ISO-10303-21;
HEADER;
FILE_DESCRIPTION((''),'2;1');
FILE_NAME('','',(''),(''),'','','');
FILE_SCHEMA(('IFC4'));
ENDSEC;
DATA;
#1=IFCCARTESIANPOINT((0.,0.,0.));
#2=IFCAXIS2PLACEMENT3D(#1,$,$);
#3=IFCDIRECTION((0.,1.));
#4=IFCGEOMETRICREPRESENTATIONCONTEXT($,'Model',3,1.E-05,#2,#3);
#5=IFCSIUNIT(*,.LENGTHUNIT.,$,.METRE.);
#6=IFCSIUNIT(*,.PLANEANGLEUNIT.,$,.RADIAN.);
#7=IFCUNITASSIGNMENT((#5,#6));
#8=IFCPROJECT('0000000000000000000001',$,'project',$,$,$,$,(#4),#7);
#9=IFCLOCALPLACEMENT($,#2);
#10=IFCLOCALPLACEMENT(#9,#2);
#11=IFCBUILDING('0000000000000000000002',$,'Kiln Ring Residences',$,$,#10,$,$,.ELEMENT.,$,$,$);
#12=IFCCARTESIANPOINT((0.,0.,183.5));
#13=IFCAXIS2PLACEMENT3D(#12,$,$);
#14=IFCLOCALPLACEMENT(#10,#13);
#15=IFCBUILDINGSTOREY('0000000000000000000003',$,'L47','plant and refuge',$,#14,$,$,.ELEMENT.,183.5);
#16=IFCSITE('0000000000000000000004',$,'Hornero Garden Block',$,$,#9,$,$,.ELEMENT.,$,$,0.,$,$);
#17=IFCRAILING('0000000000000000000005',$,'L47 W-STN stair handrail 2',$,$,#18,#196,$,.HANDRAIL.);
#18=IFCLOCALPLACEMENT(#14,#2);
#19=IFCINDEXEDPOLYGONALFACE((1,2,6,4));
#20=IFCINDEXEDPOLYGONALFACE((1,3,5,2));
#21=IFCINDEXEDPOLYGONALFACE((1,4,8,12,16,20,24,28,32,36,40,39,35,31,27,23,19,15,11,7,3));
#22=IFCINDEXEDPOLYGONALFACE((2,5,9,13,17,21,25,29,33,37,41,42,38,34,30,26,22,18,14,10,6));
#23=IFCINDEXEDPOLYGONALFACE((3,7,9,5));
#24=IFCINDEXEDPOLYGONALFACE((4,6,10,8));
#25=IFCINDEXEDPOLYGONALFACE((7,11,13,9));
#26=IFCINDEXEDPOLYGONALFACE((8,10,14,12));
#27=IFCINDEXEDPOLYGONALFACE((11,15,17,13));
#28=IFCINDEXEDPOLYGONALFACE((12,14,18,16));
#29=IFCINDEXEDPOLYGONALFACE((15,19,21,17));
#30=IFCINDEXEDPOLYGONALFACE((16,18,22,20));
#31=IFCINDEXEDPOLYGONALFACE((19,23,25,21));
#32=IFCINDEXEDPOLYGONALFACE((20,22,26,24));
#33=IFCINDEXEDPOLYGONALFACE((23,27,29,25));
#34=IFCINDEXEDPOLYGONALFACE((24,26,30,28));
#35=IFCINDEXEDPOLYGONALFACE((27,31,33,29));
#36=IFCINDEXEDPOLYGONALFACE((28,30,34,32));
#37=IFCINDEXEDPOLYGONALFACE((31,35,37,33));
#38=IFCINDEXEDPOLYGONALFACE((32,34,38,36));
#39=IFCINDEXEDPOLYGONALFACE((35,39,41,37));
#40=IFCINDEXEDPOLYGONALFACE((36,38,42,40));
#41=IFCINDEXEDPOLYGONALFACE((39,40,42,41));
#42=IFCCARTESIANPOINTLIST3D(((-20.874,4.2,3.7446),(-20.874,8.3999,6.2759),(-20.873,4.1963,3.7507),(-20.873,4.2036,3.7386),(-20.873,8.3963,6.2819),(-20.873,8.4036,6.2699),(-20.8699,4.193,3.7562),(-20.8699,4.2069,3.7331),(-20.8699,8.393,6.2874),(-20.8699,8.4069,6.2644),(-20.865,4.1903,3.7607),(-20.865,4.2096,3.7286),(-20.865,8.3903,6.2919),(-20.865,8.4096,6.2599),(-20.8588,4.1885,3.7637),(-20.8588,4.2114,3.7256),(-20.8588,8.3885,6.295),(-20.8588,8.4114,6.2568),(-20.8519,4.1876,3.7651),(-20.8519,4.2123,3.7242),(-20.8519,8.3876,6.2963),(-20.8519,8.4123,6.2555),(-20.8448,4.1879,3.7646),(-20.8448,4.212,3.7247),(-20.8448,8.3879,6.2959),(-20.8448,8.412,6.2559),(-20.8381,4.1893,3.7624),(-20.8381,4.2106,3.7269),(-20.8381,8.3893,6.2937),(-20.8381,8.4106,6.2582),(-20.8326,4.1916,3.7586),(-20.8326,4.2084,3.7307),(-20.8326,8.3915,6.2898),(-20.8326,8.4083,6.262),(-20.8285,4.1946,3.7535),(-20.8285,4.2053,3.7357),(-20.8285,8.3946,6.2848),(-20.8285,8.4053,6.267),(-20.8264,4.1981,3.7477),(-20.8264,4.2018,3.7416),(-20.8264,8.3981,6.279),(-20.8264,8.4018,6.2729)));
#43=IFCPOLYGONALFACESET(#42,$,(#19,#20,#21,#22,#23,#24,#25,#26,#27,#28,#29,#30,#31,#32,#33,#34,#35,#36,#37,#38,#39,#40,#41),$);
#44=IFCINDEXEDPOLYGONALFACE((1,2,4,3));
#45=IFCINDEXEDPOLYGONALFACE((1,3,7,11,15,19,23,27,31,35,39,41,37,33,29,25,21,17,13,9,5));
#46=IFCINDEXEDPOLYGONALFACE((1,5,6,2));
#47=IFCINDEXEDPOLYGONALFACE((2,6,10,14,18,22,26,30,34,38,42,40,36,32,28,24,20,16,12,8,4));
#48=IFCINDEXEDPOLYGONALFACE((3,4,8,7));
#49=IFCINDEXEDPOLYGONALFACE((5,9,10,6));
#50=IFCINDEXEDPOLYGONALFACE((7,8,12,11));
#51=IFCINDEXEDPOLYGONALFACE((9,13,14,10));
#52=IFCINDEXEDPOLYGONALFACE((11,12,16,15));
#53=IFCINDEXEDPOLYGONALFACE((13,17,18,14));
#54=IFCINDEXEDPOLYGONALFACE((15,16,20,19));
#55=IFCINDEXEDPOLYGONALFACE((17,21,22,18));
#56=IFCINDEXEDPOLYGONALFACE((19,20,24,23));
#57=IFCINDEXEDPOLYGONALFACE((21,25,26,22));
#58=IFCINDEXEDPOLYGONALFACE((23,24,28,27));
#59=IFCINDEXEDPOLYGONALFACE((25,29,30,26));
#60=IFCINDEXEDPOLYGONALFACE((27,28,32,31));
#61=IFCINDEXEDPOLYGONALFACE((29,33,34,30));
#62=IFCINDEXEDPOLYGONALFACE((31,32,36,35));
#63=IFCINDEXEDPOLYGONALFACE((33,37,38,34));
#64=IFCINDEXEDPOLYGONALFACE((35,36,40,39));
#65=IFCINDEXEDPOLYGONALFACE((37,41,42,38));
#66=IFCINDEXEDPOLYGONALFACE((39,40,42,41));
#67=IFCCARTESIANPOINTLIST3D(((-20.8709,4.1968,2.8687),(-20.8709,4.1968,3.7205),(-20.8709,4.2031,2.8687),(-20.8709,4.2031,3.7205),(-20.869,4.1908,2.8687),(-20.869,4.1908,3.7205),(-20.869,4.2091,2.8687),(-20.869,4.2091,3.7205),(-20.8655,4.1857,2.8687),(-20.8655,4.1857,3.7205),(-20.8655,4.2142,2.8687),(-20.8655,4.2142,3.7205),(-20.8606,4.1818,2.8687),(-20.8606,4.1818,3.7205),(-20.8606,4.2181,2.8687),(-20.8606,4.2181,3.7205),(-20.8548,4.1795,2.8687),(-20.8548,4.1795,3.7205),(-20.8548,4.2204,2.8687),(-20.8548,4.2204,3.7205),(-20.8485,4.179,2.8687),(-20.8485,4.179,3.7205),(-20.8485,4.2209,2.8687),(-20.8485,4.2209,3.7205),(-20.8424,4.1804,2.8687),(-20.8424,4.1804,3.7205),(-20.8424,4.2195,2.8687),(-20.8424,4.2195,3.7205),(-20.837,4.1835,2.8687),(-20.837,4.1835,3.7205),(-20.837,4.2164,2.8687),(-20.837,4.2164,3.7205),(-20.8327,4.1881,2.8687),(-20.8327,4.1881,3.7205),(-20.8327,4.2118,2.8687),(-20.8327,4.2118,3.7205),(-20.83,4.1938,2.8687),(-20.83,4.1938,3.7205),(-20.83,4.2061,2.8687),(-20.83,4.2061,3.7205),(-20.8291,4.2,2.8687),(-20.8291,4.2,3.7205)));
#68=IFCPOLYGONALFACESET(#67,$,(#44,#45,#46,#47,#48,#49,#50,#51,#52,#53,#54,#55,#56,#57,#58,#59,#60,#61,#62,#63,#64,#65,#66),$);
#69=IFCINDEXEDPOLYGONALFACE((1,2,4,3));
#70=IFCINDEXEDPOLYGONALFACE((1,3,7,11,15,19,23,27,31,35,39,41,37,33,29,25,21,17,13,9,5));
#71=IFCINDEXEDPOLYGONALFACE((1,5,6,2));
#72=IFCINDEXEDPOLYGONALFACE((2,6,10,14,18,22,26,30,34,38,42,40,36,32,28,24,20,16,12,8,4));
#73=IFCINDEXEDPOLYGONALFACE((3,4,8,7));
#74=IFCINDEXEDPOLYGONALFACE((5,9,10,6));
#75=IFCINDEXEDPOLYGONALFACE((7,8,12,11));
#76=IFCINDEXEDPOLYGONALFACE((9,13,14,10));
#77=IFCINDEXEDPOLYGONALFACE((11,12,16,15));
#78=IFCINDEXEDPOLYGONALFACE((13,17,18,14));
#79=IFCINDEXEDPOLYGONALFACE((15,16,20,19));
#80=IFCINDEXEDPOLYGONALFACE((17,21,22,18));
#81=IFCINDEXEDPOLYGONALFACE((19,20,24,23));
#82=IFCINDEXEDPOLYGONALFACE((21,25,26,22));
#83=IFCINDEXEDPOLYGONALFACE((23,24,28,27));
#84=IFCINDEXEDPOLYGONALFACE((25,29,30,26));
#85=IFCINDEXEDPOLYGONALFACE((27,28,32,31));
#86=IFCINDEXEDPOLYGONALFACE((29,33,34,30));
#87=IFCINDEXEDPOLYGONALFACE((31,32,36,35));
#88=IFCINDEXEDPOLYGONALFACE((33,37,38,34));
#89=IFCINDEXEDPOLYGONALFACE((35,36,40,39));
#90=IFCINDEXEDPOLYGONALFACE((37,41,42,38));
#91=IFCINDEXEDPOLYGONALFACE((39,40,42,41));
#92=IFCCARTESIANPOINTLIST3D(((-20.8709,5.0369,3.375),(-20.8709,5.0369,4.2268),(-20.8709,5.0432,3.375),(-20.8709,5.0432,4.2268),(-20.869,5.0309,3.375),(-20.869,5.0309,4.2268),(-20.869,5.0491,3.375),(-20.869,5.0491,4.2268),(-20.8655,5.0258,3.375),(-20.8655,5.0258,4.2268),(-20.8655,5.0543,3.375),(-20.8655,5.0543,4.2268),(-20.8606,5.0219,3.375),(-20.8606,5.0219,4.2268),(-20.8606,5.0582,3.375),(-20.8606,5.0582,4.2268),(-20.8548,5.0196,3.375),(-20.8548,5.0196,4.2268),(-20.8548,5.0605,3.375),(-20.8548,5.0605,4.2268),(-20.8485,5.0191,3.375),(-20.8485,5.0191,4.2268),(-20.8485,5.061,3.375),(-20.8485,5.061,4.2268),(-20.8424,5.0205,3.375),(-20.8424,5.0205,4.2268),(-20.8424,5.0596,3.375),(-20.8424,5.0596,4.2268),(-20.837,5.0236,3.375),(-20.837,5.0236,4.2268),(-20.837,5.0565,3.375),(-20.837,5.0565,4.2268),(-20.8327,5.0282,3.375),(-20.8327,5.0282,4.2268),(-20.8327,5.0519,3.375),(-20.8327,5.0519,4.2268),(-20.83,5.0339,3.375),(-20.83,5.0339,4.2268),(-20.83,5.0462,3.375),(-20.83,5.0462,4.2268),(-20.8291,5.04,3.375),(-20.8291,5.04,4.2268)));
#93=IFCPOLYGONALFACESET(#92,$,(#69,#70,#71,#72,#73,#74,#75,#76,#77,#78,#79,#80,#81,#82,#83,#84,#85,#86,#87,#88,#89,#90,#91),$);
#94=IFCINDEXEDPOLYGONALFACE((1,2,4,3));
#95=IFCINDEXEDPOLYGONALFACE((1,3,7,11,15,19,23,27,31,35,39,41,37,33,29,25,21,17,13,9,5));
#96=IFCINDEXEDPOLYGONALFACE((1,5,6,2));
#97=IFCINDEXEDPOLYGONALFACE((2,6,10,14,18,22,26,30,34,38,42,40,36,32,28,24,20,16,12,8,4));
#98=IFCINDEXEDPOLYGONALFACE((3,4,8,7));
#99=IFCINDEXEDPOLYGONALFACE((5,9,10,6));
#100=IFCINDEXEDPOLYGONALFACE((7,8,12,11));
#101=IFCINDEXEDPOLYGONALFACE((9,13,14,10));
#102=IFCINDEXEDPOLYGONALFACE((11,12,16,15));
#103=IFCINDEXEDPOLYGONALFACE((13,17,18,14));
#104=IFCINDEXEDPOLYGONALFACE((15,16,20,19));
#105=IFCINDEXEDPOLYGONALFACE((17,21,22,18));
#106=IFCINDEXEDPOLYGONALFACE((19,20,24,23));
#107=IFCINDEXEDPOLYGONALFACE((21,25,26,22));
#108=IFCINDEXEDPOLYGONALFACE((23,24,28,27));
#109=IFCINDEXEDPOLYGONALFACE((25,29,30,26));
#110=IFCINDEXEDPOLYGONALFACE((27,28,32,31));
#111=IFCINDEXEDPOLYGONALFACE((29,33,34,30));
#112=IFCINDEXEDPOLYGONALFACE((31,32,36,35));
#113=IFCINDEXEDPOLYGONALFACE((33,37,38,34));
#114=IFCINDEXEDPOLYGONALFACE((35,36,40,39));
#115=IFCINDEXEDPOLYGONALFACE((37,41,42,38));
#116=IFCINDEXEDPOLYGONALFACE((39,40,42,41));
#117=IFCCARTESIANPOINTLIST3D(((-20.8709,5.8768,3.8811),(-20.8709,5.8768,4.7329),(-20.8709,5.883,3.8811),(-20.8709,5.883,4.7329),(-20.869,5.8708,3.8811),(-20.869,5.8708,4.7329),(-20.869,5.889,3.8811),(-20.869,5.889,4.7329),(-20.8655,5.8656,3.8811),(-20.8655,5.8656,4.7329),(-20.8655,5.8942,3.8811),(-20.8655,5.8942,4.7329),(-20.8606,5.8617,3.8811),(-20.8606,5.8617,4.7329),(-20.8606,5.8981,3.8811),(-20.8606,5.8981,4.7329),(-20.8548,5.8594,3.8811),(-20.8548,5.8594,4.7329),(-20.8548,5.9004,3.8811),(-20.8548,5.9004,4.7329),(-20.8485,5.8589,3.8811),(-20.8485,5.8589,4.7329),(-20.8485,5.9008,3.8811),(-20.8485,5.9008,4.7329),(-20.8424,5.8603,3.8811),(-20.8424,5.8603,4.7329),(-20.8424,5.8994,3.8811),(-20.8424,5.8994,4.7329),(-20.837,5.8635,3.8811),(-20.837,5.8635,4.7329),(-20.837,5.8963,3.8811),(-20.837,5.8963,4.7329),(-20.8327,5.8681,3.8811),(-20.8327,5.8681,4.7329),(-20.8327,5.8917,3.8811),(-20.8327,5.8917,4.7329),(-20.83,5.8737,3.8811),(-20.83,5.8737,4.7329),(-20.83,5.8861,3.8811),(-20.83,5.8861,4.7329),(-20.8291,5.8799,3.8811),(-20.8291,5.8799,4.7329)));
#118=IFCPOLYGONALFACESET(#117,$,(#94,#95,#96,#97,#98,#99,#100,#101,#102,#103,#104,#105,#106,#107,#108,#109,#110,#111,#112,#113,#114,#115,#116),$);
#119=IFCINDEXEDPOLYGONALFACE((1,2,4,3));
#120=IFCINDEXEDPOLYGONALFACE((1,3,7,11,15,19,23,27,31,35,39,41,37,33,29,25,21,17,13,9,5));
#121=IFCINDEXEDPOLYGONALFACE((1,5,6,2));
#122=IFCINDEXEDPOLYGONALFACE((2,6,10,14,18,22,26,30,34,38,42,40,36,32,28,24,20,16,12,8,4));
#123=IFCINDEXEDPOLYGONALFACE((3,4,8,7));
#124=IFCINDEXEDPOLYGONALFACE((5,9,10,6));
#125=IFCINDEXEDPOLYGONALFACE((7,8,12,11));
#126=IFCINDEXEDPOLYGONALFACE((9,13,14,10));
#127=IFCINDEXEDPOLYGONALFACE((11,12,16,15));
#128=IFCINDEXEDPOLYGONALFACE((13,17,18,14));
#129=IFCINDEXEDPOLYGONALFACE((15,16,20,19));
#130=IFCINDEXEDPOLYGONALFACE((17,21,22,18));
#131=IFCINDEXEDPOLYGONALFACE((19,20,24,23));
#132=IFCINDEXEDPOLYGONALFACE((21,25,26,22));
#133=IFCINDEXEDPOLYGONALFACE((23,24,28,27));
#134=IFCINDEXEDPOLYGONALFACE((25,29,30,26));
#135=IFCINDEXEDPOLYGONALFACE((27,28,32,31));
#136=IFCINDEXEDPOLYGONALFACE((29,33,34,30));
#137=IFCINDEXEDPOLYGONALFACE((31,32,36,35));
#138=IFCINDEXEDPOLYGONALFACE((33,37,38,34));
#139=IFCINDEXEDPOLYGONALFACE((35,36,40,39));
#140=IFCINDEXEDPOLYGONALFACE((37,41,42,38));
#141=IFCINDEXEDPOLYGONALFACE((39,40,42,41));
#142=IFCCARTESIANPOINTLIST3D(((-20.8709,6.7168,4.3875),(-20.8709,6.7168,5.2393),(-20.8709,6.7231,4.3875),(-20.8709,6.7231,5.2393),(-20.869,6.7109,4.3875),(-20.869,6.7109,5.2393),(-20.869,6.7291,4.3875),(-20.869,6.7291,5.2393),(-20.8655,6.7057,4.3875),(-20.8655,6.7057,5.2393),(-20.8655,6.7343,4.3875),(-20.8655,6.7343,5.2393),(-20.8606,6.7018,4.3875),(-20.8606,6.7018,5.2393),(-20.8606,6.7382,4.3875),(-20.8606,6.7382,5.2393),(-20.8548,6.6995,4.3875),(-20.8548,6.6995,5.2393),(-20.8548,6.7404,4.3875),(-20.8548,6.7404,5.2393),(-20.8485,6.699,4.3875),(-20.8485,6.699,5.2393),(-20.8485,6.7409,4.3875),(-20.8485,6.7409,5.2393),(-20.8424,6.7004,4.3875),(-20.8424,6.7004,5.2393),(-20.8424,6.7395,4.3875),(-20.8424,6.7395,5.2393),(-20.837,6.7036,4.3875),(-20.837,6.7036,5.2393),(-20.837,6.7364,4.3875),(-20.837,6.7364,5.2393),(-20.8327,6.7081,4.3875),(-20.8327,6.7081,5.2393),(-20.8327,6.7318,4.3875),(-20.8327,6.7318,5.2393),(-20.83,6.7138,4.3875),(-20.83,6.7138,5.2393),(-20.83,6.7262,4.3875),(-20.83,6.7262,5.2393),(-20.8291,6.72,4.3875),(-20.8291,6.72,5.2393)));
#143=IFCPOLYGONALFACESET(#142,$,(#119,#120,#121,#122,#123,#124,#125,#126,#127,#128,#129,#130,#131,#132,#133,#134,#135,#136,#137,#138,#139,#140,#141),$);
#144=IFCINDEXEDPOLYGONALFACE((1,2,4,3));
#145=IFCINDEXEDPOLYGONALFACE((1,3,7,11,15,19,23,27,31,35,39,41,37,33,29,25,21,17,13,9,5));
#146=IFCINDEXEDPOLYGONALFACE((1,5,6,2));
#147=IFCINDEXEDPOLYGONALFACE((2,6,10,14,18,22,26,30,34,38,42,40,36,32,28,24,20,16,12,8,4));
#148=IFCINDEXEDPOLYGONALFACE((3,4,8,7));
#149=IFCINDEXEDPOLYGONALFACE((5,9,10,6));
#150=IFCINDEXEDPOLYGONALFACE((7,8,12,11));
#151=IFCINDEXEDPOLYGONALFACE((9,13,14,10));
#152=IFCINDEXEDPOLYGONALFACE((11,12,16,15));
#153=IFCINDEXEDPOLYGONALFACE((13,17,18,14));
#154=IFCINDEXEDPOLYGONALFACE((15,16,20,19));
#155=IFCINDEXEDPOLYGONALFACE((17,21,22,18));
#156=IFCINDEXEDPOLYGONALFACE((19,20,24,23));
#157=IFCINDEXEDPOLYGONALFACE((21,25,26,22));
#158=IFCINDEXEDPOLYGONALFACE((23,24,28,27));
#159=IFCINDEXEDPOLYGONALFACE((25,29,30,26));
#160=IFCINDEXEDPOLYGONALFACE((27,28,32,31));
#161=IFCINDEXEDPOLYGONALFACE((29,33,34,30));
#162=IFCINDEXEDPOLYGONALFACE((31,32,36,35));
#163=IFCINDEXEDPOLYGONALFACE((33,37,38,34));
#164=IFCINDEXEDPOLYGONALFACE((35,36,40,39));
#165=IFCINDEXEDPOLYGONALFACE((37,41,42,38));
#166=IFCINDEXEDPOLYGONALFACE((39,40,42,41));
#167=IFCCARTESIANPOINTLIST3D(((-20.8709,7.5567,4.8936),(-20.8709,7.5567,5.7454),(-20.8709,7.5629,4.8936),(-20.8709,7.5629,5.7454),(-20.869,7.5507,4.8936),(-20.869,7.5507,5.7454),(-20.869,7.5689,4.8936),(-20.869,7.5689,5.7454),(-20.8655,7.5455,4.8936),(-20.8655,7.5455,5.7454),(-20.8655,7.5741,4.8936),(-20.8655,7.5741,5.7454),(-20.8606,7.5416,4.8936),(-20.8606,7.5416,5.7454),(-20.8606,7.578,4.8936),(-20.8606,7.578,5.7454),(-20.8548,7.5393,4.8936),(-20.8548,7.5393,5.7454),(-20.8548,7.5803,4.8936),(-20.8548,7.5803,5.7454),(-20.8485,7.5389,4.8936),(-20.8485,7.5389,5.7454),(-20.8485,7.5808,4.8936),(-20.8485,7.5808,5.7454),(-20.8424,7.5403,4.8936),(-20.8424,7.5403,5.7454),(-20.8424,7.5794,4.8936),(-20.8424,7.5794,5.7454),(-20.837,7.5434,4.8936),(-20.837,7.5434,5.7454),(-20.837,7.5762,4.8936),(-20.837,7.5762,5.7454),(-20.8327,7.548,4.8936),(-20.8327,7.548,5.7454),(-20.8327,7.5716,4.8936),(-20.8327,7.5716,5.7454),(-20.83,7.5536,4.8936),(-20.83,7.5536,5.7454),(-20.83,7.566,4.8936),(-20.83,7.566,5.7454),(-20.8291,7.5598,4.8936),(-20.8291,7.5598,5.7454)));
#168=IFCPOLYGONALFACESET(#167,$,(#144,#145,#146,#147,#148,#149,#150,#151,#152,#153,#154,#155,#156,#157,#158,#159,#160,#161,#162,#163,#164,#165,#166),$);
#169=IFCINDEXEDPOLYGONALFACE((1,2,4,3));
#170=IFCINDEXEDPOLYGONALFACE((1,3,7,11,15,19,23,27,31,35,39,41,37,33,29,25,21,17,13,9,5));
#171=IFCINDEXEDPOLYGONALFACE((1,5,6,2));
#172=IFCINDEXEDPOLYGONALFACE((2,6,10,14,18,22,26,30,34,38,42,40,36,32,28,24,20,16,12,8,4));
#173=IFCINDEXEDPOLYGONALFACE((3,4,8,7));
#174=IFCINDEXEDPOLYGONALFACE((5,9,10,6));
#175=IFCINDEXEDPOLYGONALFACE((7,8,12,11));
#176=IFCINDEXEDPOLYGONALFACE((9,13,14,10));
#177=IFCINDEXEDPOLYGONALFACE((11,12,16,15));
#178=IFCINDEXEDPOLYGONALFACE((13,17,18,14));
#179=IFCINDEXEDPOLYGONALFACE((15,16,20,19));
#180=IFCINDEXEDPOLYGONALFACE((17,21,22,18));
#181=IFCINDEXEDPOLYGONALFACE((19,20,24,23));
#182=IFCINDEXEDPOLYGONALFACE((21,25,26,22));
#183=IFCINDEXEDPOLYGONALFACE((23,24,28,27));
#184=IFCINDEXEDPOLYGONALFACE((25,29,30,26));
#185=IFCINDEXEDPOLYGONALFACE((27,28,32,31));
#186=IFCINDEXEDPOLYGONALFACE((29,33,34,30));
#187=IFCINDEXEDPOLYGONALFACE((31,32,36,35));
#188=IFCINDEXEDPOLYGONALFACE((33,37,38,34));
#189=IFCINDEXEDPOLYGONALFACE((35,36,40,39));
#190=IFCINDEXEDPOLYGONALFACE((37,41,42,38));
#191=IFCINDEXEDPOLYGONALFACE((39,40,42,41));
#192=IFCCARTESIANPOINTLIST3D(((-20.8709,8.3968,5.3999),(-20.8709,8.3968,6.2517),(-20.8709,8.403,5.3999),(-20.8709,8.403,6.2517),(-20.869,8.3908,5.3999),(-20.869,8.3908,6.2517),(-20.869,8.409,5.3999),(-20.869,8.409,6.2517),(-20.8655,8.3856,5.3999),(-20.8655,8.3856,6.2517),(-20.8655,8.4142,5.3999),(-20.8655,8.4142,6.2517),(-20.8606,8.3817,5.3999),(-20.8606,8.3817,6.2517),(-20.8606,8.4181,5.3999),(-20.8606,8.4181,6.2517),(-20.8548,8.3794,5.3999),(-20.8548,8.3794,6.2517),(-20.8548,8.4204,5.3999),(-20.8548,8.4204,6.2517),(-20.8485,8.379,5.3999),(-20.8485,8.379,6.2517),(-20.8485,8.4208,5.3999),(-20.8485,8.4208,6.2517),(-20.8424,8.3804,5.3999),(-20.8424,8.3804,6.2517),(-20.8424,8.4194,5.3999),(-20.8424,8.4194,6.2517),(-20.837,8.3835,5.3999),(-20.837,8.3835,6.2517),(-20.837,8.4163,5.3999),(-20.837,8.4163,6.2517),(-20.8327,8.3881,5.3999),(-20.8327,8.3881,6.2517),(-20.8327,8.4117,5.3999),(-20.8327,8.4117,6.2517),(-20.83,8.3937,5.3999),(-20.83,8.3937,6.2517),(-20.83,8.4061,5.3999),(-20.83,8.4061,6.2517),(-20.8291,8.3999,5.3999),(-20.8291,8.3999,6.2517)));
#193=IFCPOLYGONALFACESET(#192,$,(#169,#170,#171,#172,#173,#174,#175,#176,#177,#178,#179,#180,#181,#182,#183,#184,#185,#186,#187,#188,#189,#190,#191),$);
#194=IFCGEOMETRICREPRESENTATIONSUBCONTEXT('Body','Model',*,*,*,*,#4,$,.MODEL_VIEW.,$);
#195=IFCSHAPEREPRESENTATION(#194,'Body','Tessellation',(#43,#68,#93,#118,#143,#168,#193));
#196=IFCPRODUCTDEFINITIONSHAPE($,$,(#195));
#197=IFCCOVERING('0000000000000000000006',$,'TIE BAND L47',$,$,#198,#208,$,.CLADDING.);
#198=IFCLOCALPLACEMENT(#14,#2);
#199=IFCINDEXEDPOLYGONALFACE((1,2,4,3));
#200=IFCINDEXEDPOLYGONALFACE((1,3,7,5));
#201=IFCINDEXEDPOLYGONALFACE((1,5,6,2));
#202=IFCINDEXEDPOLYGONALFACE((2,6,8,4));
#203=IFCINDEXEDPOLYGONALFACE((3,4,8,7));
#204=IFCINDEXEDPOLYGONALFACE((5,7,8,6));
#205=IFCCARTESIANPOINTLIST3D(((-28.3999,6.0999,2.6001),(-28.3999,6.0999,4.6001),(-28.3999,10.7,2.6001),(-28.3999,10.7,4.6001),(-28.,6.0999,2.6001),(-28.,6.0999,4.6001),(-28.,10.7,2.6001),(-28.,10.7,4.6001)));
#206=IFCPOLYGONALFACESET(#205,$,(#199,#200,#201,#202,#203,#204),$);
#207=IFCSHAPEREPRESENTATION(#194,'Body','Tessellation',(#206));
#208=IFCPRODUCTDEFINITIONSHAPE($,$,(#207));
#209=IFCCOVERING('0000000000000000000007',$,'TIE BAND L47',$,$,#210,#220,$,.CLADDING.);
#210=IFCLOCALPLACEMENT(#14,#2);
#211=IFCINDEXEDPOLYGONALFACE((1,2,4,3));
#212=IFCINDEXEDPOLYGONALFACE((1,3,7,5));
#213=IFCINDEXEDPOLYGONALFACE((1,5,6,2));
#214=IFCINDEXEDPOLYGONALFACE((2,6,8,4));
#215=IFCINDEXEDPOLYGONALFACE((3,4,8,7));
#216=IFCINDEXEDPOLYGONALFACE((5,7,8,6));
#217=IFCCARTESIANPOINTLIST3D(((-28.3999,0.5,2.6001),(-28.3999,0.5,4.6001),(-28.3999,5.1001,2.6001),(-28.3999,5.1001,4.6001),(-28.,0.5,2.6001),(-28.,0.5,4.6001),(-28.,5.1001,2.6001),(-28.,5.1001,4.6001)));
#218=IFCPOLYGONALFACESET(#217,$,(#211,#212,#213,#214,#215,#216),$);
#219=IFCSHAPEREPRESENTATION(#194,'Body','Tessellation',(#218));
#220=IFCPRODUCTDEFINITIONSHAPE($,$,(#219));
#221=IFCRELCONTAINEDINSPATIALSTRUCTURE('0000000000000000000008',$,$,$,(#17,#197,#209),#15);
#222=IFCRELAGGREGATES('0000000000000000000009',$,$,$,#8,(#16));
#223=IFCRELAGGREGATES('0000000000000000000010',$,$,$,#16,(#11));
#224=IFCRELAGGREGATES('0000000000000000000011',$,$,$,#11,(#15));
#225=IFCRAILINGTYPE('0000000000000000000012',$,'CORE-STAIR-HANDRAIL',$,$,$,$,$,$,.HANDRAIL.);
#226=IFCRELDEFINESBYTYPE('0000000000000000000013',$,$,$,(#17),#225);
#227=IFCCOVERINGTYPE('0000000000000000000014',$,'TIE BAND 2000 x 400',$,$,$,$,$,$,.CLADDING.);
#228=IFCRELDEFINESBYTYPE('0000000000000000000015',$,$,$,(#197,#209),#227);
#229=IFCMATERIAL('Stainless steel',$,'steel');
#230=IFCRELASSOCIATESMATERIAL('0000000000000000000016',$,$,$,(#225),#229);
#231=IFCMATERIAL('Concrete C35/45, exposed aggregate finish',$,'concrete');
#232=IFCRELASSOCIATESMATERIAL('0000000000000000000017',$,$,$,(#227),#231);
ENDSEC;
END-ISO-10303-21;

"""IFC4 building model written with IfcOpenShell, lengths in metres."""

from ifc_helpers import new_model, si_unit, direction, frame, origin, origin_2d, place, context, subcontext, project, spatial, rectangle, circle, extrude, material, type_object, element, save


model = new_model("IFC4")

# Units and contexts
model_context = context("Model", 3, precision=1e-05, world=origin(), true_north=direction((0.0, 1.0)))
body_context = subcontext(model_context, "Body", "Model", "MODEL_VIEW")
ifc_project = project(units=[si_unit("LENGTHUNIT", "METRE"), si_unit("PLANEANGLEUNIT", "RADIAN")], contexts=[model_context])

# Site, building, storey
site_placement = place(None, origin())
site = spatial("IfcSite", under=ifc_project, at=site_placement, Name="Hornero Garden Block", CompositionType="ELEMENT", RefElevation=0.0)
building_placement = place(site_placement, origin())
building = spatial("IfcBuilding", under=site, at=building_placement, Name="Kiln Ring Residences", CompositionType="ELEMENT")
storey_placement = place(building_placement, frame((0.0, 0.0, 183.5)))
storey = spatial("IfcBuildingStorey", under=building, at=storey_placement, Name="L47", Description="plant and refuge", CompositionType="ELEMENT", Elevation=183.5)

# Railing
ifc_material_1 = material(Name="Stainless steel", Category="steel")
railing_type_1 = type_object("IfcRailingType", Name="CORE-STAIR-HANDRAIL", PredefinedType="HANDRAIL", material=ifc_material_1)
railing_1_placement = place(storey_placement, frame((-20.8501, 4.2, 2.8687)))
element("IfcRailing", 1, at=railing_1_placement, inside=storey, type_object=railing_type_1, Name="L47 W-STN stair handrail 2", PredefinedType="HANDRAIL", context=body_context, shape_type="SweptSolid", body=[
    extrude(circle(Radius=0.0239, at=origin_2d()), frame((0.0, 0.0, 0.876), z_axis=(0.0, 0.856476, 0.516186), x_axis=(-1.0, 0.0, 0.0)), (0.0, 0.0, 1.0), 4.9038),
    extrude(circle(Radius=0.021, at=origin_2d()), origin(), (0.0, 0.0, 1.0), 0.8518),
    extrude(circle(Radius=0.021, at=origin_2d()), frame((0.0, 0.8401, 0.5063)), (0.0, 0.0, 1.0), 0.8518),
    extrude(circle(Radius=0.021, at=origin_2d()), frame((0.0, 1.6799, 1.0125)), (0.0, 0.0, 1.0), 0.8518),
    extrude(circle(Radius=0.021, at=origin_2d()), frame((0.0, 2.52, 1.5188)), (0.0, 0.0, 1.0), 0.8518),
    extrude(circle(Radius=0.021, at=origin_2d()), frame((0.0, 3.3599, 2.0249)), (0.0, 0.0, 1.0), 0.8518),
    extrude(circle(Radius=0.021, at=origin_2d()), frame((0.0, 4.2, 2.5312)), (0.0, 0.0, 1.0), 0.8518),
])

# Coverings
ifc_material_2 = material(Name="Concrete C35/45, exposed aggregate finish", Category="concrete")
covering_type = type_object("IfcCoveringType", Name="TIE BAND 2000 x 400", PredefinedType="CLADDING", material=ifc_material_2)
for number, where, z_axis, x_axis, name in (
    (2, (-28.2, 8.3999, 2.6001), (0.0, 0.0, 1.0), (0.0, -1.0, 0.0), "TIE BAND L47"),
    (3, (-28.2, 2.8, 2.6001), (0.0, 0.0, 1.0), (0.0, -1.0, 0.0), "TIE BAND L47"),
):
    element("IfcCovering", number, at=place(storey_placement, frame(where, z_axis=z_axis, x_axis=x_axis)), inside=storey, type_object=covering_type, Name=name, PredefinedType="CLADDING", context=body_context, shape_type="SweptSolid", body=[
        extrude(rectangle(XDim=4.6001, YDim=0.3999, at=origin_2d()), origin(), (0.0, 0.0, 1.0), 2.0),
    ])

save(model, "model.ifc")
